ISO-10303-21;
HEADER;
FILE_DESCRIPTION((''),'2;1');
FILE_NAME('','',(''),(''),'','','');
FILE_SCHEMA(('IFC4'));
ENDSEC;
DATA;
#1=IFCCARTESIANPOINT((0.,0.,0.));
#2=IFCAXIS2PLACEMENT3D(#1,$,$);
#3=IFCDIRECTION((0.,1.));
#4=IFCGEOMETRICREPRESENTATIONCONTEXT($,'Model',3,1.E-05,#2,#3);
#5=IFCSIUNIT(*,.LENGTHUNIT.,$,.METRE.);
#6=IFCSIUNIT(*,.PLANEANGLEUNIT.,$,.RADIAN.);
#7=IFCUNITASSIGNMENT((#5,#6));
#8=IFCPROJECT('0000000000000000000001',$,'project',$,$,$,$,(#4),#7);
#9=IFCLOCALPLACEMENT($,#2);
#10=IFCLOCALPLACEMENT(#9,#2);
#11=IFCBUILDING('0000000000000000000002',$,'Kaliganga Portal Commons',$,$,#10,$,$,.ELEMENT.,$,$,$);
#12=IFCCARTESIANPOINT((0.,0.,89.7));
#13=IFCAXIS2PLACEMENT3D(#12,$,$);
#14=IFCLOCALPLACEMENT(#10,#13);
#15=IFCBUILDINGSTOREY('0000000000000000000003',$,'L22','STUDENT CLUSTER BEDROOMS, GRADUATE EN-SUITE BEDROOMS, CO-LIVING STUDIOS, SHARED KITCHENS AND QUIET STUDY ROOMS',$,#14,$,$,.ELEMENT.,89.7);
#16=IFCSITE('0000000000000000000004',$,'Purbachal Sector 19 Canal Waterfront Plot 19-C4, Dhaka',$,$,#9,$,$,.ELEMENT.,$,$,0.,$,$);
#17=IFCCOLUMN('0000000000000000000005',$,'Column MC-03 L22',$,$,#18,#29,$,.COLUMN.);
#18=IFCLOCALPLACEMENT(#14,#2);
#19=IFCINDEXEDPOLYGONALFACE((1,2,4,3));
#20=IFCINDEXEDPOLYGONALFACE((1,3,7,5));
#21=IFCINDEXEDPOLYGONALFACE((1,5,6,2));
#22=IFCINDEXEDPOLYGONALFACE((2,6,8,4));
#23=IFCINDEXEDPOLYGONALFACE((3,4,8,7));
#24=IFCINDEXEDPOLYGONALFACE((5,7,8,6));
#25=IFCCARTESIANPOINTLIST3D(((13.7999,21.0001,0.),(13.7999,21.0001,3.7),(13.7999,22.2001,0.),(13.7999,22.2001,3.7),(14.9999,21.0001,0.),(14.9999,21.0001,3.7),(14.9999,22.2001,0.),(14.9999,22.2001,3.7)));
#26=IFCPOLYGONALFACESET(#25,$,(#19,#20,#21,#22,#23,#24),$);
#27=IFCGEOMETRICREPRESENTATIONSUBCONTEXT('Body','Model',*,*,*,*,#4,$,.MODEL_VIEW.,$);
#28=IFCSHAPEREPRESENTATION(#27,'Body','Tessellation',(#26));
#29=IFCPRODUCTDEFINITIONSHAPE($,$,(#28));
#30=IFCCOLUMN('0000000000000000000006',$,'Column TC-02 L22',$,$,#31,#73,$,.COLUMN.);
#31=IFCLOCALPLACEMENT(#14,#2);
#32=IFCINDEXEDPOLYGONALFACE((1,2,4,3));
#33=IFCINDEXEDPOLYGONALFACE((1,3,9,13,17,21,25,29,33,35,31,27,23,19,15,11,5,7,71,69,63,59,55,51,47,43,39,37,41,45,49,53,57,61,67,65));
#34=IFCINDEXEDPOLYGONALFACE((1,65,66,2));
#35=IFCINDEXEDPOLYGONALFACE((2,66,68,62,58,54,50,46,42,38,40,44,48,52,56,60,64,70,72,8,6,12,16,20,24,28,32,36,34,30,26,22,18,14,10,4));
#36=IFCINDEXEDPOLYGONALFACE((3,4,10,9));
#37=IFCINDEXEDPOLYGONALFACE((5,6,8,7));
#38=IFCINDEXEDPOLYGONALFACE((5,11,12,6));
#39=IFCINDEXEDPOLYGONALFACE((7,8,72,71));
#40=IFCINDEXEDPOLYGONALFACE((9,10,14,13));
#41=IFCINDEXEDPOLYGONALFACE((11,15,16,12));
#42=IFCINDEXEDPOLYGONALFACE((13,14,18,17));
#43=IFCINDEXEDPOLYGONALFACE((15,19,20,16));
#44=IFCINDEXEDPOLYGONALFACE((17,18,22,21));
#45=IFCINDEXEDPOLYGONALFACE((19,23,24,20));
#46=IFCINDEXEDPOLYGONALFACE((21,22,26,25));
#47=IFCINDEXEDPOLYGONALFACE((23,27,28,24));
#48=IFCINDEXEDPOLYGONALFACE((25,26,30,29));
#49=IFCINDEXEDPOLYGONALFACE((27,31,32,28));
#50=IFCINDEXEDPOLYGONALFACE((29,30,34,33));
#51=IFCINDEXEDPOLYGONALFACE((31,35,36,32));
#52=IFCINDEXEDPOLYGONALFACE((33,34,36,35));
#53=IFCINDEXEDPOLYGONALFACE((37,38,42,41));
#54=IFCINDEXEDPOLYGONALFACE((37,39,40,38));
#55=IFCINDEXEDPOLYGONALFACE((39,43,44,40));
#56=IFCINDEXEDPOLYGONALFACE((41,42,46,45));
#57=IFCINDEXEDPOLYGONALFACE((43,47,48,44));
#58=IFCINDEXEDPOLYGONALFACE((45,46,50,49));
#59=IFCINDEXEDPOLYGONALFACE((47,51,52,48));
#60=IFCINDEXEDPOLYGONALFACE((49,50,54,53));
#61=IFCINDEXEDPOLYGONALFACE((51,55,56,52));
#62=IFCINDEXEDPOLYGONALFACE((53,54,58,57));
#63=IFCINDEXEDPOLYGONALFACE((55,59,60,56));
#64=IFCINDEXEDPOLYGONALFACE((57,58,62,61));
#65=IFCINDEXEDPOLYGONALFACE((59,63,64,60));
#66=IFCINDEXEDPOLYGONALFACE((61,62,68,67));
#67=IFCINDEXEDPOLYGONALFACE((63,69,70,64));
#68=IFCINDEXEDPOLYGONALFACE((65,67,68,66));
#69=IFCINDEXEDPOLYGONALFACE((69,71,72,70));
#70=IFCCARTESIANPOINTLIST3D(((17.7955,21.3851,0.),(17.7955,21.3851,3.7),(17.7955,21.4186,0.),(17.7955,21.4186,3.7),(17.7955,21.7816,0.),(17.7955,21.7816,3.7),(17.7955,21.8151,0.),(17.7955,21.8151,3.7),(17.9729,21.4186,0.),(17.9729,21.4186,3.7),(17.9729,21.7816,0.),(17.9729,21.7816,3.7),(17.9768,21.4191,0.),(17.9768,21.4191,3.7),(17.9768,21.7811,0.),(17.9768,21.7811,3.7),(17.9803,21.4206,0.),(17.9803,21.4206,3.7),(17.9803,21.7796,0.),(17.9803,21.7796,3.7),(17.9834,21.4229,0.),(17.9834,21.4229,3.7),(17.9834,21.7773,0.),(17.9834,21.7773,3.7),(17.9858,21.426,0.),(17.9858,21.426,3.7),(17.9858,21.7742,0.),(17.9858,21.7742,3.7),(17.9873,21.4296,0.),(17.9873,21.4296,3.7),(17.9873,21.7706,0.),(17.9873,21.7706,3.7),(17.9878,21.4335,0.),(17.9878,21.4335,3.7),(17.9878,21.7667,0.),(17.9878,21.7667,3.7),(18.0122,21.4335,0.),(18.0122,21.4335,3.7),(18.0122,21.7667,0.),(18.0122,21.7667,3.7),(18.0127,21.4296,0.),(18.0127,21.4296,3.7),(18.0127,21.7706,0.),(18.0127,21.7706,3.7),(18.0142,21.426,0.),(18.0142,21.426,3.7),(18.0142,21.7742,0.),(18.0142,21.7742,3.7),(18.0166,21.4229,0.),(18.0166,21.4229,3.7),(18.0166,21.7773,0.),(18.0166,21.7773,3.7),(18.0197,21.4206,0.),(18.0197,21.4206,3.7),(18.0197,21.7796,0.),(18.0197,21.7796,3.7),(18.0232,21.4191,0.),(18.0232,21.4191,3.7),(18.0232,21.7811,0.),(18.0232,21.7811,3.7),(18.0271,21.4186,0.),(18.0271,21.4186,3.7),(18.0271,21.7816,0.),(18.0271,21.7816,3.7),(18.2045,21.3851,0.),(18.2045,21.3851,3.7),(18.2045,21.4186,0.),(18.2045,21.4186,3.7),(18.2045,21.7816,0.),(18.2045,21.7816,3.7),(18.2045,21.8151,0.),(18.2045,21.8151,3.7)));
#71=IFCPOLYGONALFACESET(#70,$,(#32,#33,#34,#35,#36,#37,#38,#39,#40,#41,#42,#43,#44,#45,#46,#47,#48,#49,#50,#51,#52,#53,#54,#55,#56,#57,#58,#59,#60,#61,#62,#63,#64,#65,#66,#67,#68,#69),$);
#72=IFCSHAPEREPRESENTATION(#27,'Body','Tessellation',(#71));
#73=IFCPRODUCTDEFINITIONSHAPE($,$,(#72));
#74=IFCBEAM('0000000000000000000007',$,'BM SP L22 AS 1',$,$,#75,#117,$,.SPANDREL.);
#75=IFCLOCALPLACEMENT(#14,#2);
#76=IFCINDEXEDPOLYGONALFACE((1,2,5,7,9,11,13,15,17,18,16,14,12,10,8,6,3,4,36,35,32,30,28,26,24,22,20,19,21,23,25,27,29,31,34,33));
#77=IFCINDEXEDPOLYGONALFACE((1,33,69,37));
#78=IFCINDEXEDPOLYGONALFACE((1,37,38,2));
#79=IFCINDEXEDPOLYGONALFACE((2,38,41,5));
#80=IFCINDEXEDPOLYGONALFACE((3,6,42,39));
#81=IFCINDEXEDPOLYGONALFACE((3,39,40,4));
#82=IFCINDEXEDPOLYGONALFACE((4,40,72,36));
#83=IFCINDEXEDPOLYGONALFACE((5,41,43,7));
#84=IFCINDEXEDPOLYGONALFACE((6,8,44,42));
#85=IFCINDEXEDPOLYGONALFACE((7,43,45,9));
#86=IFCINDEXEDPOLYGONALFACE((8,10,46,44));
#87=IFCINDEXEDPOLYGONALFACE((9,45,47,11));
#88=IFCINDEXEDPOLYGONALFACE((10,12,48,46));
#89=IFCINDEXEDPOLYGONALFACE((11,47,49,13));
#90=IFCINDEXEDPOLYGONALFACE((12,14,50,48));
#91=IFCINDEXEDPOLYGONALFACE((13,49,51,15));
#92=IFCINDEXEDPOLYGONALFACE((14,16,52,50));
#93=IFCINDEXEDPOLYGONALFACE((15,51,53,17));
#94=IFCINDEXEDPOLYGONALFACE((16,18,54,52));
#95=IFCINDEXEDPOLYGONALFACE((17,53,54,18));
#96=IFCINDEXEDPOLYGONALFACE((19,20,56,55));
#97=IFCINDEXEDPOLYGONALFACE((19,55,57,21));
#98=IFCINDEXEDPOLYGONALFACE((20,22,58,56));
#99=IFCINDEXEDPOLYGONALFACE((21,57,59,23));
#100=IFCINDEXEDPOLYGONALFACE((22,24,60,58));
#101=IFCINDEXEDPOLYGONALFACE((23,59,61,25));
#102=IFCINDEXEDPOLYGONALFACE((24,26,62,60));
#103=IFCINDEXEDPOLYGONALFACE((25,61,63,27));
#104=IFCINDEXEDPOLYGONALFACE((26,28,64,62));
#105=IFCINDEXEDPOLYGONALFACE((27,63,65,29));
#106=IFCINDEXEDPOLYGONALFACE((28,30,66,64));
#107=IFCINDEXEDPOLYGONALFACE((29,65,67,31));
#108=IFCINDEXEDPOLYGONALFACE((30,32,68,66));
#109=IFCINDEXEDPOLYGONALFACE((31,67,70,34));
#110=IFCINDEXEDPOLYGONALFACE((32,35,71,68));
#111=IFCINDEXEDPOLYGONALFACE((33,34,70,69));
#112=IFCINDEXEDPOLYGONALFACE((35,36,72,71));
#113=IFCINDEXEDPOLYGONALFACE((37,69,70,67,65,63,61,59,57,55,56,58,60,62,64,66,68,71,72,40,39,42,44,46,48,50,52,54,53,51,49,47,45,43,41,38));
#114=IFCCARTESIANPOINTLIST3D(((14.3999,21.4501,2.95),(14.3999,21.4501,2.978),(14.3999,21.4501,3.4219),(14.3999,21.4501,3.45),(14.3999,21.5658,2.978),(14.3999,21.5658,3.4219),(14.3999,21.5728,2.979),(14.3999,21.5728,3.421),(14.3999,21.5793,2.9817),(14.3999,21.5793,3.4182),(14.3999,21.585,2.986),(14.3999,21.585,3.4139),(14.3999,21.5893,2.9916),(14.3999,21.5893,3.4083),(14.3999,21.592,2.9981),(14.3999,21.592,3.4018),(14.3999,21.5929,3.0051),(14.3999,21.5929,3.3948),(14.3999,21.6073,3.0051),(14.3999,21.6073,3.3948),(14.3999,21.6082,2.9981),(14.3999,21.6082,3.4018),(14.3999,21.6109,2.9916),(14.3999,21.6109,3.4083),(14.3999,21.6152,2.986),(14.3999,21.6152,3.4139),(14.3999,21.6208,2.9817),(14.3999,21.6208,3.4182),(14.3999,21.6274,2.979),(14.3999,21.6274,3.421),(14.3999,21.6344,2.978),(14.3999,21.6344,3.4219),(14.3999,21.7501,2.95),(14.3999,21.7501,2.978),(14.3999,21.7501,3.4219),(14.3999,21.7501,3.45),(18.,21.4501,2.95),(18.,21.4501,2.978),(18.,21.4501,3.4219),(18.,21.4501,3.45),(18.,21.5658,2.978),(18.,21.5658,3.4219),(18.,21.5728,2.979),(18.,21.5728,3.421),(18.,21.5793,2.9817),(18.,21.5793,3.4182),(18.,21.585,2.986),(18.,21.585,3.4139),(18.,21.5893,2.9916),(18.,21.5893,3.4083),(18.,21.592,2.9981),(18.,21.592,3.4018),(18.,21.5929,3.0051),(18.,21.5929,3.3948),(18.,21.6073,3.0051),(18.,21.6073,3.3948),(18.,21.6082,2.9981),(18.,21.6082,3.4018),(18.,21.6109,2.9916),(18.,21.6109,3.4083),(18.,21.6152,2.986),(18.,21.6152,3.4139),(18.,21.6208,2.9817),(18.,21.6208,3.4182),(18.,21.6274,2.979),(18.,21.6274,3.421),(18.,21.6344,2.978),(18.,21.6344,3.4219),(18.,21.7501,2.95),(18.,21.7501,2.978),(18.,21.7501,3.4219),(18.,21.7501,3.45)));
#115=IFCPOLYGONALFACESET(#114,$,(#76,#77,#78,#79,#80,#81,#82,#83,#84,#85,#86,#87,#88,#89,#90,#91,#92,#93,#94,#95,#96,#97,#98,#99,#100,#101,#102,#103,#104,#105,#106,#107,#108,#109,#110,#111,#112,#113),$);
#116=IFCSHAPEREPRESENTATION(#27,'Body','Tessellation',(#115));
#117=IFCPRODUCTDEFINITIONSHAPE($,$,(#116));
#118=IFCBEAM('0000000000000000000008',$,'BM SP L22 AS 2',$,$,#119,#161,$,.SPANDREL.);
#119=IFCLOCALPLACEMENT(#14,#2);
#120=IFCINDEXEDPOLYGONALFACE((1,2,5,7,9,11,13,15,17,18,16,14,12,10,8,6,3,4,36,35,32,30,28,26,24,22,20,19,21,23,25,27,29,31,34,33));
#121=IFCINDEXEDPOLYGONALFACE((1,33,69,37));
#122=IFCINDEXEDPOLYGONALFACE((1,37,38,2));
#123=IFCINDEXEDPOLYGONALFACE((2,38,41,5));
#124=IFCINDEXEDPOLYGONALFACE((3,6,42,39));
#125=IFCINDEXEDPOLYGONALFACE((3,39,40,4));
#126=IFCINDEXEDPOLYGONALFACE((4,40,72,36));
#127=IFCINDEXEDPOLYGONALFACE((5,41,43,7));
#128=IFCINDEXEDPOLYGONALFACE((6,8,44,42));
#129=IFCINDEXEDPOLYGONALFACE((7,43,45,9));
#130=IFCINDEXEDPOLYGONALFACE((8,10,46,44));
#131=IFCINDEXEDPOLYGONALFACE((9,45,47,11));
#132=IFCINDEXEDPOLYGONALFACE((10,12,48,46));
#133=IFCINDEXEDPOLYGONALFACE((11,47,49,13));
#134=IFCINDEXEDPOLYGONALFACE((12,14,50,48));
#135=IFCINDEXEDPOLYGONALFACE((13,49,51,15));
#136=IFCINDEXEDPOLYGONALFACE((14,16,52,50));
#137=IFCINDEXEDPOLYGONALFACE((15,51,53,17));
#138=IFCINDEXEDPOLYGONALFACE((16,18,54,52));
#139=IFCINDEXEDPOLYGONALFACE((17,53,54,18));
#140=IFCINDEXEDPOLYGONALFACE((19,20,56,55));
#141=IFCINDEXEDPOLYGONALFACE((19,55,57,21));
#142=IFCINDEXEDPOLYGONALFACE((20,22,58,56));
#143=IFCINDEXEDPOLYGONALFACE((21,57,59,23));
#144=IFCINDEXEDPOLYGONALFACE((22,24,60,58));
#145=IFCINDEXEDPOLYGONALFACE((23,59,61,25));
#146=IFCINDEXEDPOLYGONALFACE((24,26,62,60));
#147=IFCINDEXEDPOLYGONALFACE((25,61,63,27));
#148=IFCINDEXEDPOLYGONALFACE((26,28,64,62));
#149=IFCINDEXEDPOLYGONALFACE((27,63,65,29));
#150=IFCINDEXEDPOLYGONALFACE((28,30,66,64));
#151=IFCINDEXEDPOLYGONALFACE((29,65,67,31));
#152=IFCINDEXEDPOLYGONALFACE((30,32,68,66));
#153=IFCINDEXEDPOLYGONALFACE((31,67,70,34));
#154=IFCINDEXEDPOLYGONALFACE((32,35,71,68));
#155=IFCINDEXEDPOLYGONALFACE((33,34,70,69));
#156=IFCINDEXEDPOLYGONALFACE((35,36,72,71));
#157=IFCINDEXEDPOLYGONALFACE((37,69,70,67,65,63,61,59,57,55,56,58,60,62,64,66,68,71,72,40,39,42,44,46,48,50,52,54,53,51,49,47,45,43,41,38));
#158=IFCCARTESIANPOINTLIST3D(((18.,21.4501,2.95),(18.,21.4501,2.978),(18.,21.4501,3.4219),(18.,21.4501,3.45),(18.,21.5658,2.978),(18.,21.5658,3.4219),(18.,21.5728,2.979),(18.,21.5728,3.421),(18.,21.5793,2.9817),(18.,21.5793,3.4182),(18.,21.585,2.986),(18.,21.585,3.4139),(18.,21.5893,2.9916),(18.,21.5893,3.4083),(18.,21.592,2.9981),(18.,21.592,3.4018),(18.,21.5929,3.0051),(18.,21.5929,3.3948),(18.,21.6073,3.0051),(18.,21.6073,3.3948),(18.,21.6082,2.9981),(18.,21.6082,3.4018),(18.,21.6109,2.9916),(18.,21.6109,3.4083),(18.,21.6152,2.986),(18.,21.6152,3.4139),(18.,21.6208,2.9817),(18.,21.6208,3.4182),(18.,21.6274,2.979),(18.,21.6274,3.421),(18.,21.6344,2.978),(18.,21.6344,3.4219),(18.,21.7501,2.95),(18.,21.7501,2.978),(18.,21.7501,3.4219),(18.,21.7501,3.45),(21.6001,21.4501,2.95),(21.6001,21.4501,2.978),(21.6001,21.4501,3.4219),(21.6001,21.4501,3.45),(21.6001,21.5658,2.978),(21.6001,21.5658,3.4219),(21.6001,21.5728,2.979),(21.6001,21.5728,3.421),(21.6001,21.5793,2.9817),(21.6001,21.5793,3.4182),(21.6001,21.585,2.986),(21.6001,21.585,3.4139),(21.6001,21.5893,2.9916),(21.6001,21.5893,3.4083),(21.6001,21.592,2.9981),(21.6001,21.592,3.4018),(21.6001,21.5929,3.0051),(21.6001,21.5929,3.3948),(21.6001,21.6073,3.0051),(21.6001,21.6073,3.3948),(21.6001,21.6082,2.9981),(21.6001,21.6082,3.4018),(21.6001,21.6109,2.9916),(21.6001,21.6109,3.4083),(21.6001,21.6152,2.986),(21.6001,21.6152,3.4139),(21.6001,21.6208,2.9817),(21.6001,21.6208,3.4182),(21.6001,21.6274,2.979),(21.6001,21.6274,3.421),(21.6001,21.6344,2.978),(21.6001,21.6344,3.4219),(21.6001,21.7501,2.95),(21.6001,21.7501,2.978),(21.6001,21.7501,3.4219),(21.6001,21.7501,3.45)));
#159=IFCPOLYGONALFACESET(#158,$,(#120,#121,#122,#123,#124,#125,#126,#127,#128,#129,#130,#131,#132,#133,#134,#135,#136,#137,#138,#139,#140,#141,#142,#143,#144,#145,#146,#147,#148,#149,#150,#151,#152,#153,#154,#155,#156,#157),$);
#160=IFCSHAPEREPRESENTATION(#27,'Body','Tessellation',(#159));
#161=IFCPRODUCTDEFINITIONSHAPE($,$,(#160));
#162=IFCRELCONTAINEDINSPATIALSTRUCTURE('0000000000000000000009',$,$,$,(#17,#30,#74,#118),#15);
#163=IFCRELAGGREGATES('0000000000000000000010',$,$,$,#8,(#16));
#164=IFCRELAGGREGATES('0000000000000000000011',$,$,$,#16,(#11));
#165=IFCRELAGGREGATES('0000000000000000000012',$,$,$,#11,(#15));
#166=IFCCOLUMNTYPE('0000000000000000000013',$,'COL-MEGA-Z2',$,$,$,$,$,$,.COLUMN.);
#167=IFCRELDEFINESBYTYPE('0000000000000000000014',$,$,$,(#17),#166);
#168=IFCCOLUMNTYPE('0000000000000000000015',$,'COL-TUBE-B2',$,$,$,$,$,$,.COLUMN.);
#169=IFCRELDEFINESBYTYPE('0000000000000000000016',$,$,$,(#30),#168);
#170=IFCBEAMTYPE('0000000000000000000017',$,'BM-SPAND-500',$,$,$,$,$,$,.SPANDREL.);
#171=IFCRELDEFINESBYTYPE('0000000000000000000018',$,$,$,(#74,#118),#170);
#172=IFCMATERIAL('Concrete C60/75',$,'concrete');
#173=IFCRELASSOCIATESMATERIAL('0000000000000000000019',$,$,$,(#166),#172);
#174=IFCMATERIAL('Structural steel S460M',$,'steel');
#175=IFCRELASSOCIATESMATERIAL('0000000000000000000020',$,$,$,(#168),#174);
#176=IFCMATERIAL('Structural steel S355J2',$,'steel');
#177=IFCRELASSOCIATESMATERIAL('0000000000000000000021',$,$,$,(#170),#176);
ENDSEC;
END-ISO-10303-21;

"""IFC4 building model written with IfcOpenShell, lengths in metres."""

from ifc_helpers import new_model, si_unit, direction, frame, origin, origin_2d, place, context, subcontext, project, spatial, rectangle, i_section, extrude, source, transform, mapped, material, material_profile, profile_set, type_object, element, save


model = new_model("IFC4")

# Units and contexts
model_context = context("Model", 3, precision=1e-05, world=origin(), true_north=direction((0.0, 1.0)))
body_context = subcontext(model_context, "Body", "Model", "MODEL_VIEW")
ifc_project = project(units=[si_unit("LENGTHUNIT", "METRE"), si_unit("PLANEANGLEUNIT", "RADIAN")], contexts=[model_context])

# Site, building, storey
site_placement = place(None, origin())
site = spatial("IfcSite", under=ifc_project, at=site_placement, Name="Purbachal Sector 19 Canal Waterfront Plot 19-C4, Dhaka", CompositionType="ELEMENT", RefElevation=0.0)
building_placement = place(site_placement, origin())
building = spatial("IfcBuilding", under=site, at=building_placement, Name="Kaliganga Portal Commons", CompositionType="ELEMENT")
storey_placement = place(building_placement, frame((0.0, 0.0, 89.7)))
storey = spatial("IfcBuildingStorey", under=building, at=storey_placement, Name="L22", Description="STUDENT CLUSTER BEDROOMS, GRADUATE EN-SUITE BEDROOMS, CO-LIVING STUDIOS, SHARED KITCHENS AND QUIET STUDY ROOMS", CompositionType="ELEMENT", Elevation=89.7)

# Columns
ifc_material_1 = material(Name="Concrete C60/75", Category="concrete")
ifc_material_profile_1 = material_profile(ifc_material_1, rectangle(XDim=1.2, YDim=1.2, at=origin_2d()), Name="RC 1200x1200")
ifc_profile_set_1 = profile_set([ifc_material_profile_1], Name="Concrete C60/75")
column_type_1 = type_object("IfcColumnType", Name="COL-MEGA-Z2", PredefinedType="COLUMN", material=ifc_profile_set_1)
shared_shape_1 = source(origin(), body_context, "Body", "SweptSolid", [
    extrude(rectangle(XDim=1.2, YDim=1.2, at=origin_2d()), origin(), (0.0, 0.0, 1.0), 3.7),
])
column_1_placement = place(storey_placement, frame((14.3999, 21.6001, 0.0), z_axis=(0.0, 0.0, 1.0), x_axis=(1.0, 0.0, 0.0)))
element("IfcColumn", 1, at=column_1_placement, inside=storey, type_object=column_type_1, Name="Column MC-03 L22", PredefinedType="COLUMN", context=body_context, shape_type="MappedRepresentation", body=[
    mapped(shared_shape_1, transform((0.0, 0.0, 0.0), x_axis=(1.0, 0.0, 0.0), y_axis=(0.0, 1.0, 0.0), z_axis=(0.0, 0.0, 1.0), scale=1.0)),
])
ifc_material_2 = material(Name="Structural steel S460M", Category="steel")
ifc_material_profile_2 = material_profile(ifc_material_2, i_section(OverallWidth=0.4089, OverallDepth=0.4299, WebThickness=0.0244, FlangeThickness=0.0334, FilletRadius=0.0149, at=origin_2d()), Name="HD 400x421")
ifc_profile_set_2 = profile_set([ifc_material_profile_2], Name="Structural steel S460M wide-flange")
column_type_2 = type_object("IfcColumnType", Name="COL-TUBE-B2", PredefinedType="COLUMN", material=ifc_profile_set_2)
shared_shape_2 = source(origin(), body_context, "Body", "SweptSolid", [
    extrude(i_section(OverallWidth=0.4089, OverallDepth=0.4299, WebThickness=0.0244, FlangeThickness=0.0334, FilletRadius=0.0149, at=origin_2d()), origin(), (0.0, 0.0, 1.0), 3.7),
])
column_2_placement = place(storey_placement, frame((18.0, 21.6001, 0.0), z_axis=(0.0, 0.0, 1.0), x_axis=(1.0, 0.0, 0.0)))
element("IfcColumn", 2, at=column_2_placement, inside=storey, type_object=column_type_2, Name="Column TC-02 L22", PredefinedType="COLUMN", context=body_context, shape_type="MappedRepresentation", body=[
    mapped(shared_shape_2, transform((0.0, 0.0, 0.0), x_axis=(1.0, 0.0, 0.0), y_axis=(0.0, 1.0, 0.0), z_axis=(0.0, 0.0, 1.0), scale=1.0)),
])

# Beams
ifc_material_3 = material(Name="Structural steel S355J2", Category="steel")
ifc_material_profile_3 = material_profile(ifc_material_3, i_section(OverallWidth=0.3, OverallDepth=0.5, WebThickness=0.0144, FlangeThickness=0.0281, FilletRadius=0.0271, at=origin_2d()), Name="HE 500 B")
ifc_profile_set_3 = profile_set([ifc_material_profile_3], Name="Structural steel S355J2 wide-flange")
beam_type_1 = type_object("IfcBeamType", Name="BM-SPAND-500", PredefinedType="SPANDREL", material=ifc_profile_set_3)
shared_shape_3 = source(origin(), body_context, "Body", "SweptSolid", [
    extrude(i_section(OverallWidth=0.3, OverallDepth=0.5, WebThickness=0.0144, FlangeThickness=0.0281, FilletRadius=0.0271, at=origin_2d()), origin(), (0.0, 0.0, 1.0), 3.6001),
])
for number, where, z_axis, x_axis, name in (
    (3, (14.3999, 21.6001, 3.2), (1.0, 0.0, 0.0), (0.0, 1.0, 0.0), "BM SP L22 AS 1"),
    (4, (18.0, 21.6001, 3.2), (1.0, 0.0, 0.0), (0.0, 1.0, 0.0), "BM SP L22 AS 2"),
):
    element("IfcBeam", number, at=place(storey_placement, frame(where, z_axis=z_axis, x_axis=x_axis)), inside=storey, type_object=beam_type_1, Name=name, PredefinedType="SPANDREL", context=body_context, shape_type="MappedRepresentation", body=[
        mapped(shared_shape_3, transform((0.0, 0.0, 0.0), x_axis=(1.0, 0.0, 0.0), y_axis=(0.0, 1.0, 0.0), z_axis=(0.0, 0.0, 1.0), scale=1.0)),
    ])

save(model, "model.ifc")
